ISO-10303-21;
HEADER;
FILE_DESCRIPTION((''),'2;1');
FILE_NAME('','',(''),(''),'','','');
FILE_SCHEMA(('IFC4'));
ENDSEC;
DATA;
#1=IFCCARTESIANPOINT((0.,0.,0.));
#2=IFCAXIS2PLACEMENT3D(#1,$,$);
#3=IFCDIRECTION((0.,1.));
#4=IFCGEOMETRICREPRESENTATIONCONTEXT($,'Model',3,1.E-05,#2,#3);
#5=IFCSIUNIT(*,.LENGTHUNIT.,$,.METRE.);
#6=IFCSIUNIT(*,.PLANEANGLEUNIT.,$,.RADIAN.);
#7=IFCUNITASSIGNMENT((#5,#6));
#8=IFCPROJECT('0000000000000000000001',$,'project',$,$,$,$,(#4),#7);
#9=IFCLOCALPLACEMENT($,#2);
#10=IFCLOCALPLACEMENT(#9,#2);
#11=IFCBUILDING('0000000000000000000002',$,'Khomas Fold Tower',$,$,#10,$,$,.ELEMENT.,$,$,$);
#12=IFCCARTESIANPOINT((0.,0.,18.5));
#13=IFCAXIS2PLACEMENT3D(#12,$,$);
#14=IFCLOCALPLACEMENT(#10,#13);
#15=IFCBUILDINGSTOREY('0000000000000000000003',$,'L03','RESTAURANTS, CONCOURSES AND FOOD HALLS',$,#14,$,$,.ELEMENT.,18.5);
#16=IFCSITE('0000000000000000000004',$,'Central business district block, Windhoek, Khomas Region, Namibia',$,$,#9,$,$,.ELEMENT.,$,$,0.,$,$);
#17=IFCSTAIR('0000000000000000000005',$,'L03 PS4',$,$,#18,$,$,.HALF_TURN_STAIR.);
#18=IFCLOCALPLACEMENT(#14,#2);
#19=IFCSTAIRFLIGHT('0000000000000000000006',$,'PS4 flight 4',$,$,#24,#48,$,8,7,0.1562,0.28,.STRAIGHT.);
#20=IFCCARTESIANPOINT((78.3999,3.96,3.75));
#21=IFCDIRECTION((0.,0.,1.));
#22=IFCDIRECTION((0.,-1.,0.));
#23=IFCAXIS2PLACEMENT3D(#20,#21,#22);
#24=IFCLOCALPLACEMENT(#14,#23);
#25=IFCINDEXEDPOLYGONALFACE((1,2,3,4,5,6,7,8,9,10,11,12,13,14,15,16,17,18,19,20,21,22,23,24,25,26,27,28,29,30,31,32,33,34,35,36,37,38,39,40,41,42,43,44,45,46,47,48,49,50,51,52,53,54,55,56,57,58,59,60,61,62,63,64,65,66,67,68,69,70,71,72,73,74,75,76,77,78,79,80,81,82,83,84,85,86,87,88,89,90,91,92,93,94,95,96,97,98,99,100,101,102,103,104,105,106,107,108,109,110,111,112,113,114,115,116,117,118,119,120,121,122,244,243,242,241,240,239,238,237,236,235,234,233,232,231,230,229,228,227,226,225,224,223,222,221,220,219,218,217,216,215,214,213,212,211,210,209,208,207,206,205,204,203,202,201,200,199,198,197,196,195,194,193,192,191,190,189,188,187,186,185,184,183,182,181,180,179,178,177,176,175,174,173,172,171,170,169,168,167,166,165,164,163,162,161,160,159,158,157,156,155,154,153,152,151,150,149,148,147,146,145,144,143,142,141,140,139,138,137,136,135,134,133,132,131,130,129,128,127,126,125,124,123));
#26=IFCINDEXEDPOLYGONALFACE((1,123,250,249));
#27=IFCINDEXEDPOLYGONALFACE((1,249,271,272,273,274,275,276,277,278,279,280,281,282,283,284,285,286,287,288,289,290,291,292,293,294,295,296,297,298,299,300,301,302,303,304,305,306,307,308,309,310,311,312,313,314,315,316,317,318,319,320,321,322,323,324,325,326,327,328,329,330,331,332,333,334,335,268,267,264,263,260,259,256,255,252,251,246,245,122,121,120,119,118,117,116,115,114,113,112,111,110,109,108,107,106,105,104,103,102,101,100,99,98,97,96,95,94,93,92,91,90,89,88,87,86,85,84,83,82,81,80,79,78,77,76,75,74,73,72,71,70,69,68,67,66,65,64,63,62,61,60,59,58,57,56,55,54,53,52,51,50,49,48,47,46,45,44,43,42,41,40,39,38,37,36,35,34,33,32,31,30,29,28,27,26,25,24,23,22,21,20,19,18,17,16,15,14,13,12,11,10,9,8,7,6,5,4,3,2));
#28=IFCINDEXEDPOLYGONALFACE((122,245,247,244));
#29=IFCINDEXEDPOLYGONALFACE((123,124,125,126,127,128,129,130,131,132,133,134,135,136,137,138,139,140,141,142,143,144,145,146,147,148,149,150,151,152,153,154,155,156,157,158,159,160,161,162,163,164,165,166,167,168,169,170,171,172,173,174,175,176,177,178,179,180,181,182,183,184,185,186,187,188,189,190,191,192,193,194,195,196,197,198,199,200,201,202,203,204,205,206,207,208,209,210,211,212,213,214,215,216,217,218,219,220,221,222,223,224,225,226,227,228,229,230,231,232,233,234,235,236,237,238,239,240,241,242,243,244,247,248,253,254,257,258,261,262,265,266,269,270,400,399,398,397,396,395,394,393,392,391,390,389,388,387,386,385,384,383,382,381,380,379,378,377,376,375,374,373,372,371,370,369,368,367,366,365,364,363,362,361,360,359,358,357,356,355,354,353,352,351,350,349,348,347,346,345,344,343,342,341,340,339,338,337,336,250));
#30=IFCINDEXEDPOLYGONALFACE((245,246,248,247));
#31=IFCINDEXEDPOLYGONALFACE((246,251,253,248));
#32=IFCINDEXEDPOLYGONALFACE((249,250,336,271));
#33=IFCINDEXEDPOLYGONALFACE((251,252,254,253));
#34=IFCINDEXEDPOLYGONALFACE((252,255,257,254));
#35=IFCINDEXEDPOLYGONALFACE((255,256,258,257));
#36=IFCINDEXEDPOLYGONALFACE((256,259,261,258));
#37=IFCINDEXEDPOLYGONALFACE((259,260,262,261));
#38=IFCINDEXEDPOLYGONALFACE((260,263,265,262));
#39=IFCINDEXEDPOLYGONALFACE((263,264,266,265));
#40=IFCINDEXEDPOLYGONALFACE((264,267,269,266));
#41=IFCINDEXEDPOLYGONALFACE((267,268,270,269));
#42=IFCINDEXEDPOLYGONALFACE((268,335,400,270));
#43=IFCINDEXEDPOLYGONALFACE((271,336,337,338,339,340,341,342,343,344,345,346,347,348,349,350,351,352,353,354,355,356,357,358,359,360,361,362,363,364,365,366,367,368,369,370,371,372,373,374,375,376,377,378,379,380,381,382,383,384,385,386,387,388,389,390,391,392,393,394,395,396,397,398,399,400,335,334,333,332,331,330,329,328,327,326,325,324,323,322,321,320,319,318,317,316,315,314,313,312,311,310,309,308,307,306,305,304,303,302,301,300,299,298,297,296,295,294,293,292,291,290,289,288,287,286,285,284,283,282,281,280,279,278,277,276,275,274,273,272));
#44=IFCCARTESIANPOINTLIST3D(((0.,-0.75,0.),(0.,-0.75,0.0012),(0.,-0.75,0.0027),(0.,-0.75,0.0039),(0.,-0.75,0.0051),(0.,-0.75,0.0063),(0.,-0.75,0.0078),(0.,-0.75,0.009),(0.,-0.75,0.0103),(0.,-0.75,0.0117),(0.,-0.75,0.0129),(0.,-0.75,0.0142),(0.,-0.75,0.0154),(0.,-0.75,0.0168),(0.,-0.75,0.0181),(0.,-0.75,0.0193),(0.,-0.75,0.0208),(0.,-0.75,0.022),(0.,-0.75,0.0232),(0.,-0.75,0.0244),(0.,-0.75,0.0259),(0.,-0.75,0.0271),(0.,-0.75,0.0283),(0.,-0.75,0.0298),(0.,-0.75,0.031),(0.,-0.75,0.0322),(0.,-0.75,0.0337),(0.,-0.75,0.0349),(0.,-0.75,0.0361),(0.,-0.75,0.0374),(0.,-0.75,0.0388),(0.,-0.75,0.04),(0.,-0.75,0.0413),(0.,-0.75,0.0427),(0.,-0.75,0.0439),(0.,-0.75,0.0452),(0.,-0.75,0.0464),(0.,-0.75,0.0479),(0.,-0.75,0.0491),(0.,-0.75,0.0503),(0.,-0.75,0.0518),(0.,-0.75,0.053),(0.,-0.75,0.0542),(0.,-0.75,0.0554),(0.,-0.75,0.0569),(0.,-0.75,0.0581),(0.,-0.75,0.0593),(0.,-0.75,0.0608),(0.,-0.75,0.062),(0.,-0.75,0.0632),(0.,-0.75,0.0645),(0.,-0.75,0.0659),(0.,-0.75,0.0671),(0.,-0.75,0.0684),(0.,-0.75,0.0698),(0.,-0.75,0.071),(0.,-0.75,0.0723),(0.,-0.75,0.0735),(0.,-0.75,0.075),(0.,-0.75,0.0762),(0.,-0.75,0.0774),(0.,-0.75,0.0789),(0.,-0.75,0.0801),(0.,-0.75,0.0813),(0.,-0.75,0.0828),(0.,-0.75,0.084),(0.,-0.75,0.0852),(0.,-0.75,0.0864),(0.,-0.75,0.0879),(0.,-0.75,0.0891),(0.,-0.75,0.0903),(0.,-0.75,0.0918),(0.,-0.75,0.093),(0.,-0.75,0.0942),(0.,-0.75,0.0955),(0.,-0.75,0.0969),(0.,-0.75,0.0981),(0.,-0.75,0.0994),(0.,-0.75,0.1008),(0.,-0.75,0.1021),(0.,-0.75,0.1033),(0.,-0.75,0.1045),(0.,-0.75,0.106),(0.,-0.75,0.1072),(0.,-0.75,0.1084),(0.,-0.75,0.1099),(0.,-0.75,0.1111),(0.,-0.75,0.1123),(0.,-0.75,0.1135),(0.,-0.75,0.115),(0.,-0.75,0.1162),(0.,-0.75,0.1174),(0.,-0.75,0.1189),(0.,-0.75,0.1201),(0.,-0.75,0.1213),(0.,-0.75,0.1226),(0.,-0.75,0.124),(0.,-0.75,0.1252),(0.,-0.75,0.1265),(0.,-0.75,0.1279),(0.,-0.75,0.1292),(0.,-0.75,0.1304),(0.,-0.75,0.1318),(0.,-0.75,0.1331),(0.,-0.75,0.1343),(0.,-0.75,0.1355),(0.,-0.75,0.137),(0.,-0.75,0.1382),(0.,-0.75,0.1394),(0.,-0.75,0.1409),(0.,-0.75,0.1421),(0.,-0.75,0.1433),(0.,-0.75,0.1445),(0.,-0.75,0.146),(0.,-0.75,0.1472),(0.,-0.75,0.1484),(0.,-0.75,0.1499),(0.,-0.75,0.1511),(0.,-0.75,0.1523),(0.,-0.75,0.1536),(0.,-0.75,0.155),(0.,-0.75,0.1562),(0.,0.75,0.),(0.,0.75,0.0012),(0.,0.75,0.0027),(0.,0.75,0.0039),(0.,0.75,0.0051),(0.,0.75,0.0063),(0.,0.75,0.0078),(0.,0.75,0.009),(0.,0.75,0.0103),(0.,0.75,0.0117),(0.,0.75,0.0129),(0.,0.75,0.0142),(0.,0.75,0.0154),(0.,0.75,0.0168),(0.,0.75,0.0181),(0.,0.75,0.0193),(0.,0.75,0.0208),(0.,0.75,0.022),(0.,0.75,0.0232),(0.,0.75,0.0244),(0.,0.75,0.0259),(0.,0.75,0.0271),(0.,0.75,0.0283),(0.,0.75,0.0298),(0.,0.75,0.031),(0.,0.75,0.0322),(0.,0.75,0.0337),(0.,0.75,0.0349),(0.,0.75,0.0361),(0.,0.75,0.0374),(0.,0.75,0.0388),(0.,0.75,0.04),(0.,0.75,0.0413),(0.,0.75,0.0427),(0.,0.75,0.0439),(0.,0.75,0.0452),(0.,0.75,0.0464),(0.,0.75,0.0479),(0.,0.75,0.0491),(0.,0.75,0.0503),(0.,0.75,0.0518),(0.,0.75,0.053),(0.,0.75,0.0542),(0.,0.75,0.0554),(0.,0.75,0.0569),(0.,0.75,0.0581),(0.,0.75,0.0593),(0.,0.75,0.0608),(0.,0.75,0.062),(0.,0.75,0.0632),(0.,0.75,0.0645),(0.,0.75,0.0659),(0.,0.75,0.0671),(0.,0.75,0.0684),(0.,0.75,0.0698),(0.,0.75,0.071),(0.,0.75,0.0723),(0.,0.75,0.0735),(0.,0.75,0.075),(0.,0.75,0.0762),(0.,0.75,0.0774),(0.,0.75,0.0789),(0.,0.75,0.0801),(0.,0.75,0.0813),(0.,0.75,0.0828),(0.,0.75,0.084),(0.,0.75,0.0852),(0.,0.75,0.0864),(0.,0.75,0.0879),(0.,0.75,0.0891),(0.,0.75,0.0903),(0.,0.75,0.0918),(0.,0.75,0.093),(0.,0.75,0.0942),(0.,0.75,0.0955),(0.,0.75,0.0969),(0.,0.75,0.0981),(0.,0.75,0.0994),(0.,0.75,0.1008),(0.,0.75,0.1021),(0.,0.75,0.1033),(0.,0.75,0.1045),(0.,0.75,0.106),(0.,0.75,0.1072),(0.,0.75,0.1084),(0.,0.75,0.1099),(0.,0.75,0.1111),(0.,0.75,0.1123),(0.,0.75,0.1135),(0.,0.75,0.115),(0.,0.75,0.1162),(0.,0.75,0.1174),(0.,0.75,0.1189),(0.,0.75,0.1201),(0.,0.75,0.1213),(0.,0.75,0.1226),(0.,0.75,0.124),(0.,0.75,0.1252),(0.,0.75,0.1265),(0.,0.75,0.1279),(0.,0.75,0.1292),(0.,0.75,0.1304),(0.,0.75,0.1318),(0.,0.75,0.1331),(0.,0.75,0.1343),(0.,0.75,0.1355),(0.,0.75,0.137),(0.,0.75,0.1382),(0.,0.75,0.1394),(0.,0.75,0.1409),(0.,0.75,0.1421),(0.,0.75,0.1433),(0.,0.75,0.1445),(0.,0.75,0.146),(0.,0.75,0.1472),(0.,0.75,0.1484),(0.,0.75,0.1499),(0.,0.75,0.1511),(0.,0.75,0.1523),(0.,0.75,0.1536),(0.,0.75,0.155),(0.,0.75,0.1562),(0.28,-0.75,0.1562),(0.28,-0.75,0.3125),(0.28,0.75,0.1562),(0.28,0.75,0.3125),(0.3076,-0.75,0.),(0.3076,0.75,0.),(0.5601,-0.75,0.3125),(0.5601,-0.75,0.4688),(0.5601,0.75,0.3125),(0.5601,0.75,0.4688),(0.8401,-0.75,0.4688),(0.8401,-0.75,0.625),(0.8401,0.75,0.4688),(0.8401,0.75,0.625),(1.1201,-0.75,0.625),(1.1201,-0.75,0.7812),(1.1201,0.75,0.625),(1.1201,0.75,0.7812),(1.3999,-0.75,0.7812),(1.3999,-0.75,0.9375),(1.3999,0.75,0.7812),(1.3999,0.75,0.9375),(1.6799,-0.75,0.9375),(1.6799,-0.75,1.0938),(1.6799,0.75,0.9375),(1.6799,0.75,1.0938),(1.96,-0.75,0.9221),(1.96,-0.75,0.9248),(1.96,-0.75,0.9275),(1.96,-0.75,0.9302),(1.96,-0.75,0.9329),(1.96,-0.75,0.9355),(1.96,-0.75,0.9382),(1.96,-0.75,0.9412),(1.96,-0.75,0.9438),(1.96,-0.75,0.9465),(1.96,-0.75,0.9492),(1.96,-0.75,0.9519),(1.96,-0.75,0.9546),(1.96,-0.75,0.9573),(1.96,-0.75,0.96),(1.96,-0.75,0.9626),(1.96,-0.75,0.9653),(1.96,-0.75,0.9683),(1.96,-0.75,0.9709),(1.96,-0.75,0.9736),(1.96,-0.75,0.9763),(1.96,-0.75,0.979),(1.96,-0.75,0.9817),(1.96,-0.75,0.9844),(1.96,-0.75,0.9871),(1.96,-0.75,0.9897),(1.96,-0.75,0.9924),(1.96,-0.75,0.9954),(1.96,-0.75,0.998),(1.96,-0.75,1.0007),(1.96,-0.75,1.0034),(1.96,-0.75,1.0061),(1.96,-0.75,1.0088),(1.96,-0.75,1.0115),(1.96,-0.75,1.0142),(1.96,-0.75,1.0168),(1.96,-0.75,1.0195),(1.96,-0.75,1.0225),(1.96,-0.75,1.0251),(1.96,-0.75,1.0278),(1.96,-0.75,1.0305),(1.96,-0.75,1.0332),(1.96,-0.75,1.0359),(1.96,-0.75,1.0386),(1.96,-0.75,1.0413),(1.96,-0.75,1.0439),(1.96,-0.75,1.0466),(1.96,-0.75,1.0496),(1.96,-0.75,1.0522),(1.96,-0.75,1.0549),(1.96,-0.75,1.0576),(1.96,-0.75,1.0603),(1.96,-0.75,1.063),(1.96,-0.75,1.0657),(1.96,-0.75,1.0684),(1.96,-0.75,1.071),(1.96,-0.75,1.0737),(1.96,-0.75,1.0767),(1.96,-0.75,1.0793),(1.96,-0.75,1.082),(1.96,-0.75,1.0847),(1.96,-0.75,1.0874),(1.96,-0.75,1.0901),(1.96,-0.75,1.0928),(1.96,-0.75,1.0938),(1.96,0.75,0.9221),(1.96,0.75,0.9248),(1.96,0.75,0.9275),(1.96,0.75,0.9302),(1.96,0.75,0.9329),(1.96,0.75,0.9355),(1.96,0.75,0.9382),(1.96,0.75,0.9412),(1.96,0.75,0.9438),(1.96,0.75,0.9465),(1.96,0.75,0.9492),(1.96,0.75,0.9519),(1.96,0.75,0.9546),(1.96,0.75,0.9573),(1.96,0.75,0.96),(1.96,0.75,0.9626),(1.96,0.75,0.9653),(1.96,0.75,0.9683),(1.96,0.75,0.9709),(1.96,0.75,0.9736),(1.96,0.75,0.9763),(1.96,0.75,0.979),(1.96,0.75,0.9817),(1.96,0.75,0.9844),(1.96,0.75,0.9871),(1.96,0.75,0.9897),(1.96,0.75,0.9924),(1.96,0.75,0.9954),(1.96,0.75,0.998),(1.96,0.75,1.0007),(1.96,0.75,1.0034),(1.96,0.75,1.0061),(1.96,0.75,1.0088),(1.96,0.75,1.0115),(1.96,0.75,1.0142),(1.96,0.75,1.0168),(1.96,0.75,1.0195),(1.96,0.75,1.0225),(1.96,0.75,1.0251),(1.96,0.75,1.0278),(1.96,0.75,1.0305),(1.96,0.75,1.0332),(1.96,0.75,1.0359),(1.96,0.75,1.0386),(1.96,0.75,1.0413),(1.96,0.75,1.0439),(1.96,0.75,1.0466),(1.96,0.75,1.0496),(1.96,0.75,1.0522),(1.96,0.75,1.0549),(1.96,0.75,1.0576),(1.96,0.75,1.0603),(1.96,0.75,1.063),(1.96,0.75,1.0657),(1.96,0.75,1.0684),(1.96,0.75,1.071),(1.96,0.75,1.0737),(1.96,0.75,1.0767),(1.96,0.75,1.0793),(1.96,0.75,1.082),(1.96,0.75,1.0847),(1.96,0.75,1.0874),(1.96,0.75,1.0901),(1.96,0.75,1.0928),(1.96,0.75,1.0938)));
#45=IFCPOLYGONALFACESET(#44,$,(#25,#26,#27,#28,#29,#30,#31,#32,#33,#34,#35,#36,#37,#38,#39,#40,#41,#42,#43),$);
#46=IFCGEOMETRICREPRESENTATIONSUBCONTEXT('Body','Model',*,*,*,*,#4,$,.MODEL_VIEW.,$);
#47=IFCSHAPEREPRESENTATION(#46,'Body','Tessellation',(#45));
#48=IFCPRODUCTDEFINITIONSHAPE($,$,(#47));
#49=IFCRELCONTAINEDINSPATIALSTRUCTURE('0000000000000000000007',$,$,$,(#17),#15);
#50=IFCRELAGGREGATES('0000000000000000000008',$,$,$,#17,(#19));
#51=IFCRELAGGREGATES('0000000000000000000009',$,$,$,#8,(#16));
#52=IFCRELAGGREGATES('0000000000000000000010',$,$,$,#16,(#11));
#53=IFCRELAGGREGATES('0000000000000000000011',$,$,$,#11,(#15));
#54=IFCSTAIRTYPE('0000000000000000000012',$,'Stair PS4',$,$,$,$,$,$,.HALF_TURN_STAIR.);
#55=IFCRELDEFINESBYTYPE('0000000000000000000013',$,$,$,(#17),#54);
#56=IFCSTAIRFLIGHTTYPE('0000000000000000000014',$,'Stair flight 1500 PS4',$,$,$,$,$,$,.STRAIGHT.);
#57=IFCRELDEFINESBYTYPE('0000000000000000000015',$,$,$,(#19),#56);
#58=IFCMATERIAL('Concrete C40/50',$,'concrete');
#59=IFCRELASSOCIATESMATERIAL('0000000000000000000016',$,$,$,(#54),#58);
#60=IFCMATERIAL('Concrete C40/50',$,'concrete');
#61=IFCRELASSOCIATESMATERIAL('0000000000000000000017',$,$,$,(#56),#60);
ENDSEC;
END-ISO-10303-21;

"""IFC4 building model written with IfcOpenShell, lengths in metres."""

from ifc_helpers import new_model, si_unit, direction, frame, origin, place, context, subcontext, project, spatial, polyline, outline, extrude, source, transform, mapped, material, type_object, element, aggregate, save


model = new_model("IFC4")

# Units and contexts
model_context = context("Model", 3, precision=1e-05, world=origin(), true_north=direction((0.0, 1.0)))
body_context = subcontext(model_context, "Body", "Model", "MODEL_VIEW")
ifc_project = project(units=[si_unit("LENGTHUNIT", "METRE"), si_unit("PLANEANGLEUNIT", "RADIAN")], contexts=[model_context])

# Site, building, storey
site_placement = place(None, origin())
site = spatial("IfcSite", under=ifc_project, at=site_placement, Name="Central business district block, Windhoek, Khomas Region, Namibia", CompositionType="ELEMENT", RefElevation=0.0)
building_placement = place(site_placement, origin())
building = spatial("IfcBuilding", under=site, at=building_placement, Name="Khomas Fold Tower", CompositionType="ELEMENT")
storey_placement = place(building_placement, frame((0.0, 0.0, 18.5)))
storey = spatial("IfcBuildingStorey", under=building, at=storey_placement, Name="L03", Description="RESTAURANTS, CONCOURSES AND FOOD HALLS", CompositionType="ELEMENT", Elevation=18.5)

# Stair, stair flight
ifc_material_1 = material(Name="Concrete C40/50", Category="concrete")
stair_type = type_object("IfcStairType", Name="Stair PS4", PredefinedType="HALF_TURN_STAIR", material=ifc_material_1)
stair_placement = place(storey_placement, origin())
stair = element("IfcStair", 1, at=stair_placement, inside=storey, type_object=stair_type, Name="L03 PS4", PredefinedType="HALF_TURN_STAIR")
ifc_material_2 = material(Name="Concrete C40/50", Category="concrete")
stair_flight_type = type_object("IfcStairFlightType", Name="Stair flight 1500 PS4", PredefinedType="STRAIGHT", material=ifc_material_2)
shared_shape_1 = source(origin(), body_context, "Body", "SweptSolid", [
    extrude(outline(polyline([(0.0, 0.0), (0.0, 0.0012), (0.0, 0.0027), (0.0, 0.0039), (0.0, 0.0051), (0.0, 0.0063), (0.0, 0.0078), (0.0, 0.009), (0.0, 0.0103), (0.0, 0.0117), (0.0, 0.0129), (0.0, 0.0142), (0.0, 0.0154), (0.0, 0.0168), (0.0, 0.0181), (0.0, 0.0193), (0.0, 0.0208), (0.0, 0.022), (0.0, 0.0232), (0.0, 0.0244), (0.0, 0.0259), (0.0, 0.0271), (0.0, 0.0283), (0.0, 0.0298), (0.0, 0.031), (0.0, 0.0322), (0.0, 0.0337), (0.0, 0.0349), (0.0, 0.0361), (0.0, 0.0374), (0.0, 0.0388), (0.0, 0.04), (0.0, 0.0413), (0.0, 0.0427), (0.0, 0.0439), (0.0, 0.0452), (0.0, 0.0464), (0.0, 0.0479), (0.0, 0.0491), (0.0, 0.0503), (0.0, 0.0518), (0.0, 0.053), (0.0, 0.0542), (0.0, 0.0554), (0.0, 0.0569), (0.0, 0.0581), (0.0, 0.0593), (0.0, 0.0608), (0.0, 0.062), (0.0, 0.0632), (0.0, 0.0645), (0.0, 0.0659), (0.0, 0.0671), (0.0, 0.0684), (0.0, 0.0698), (0.0, 0.071), (0.0, 0.0723), (0.0, 0.0735), (0.0, 0.075), (0.0, 0.0762), (0.0, 0.0774), (0.0, 0.0789), (0.0, 0.0801), (0.0, 0.0813), (0.0, 0.0828), (0.0, 0.084), (0.0, 0.0852), (0.0, 0.0864), (0.0, 0.0879), (0.0, 0.0891), (0.0, 0.0903), (0.0, 0.0918), (0.0, 0.093), (0.0, 0.0942), (0.0, 0.0955), (0.0, 0.0969), (0.0, 0.0981), (0.0, 0.0994), (0.0, 0.1008), (0.0, 0.1021), (0.0, 0.1033), (0.0, 0.1045), (0.0, 0.106), (0.0, 0.1072), (0.0, 0.1084), (0.0, 0.1099), (0.0, 0.1111), (0.0, 0.1123), (0.0, 0.1135), (0.0, 0.115), (0.0, 0.1162), (0.0, 0.1174), (0.0, 0.1189), (0.0, 0.1201), (0.0, 0.1213), (0.0, 0.1226), (0.0, 0.124), (0.0, 0.1252), (0.0, 0.1265), (0.0, 0.1279), (0.0, 0.1292), (0.0, 0.1304), (0.0, 0.1318), (0.0, 0.1331), (0.0, 0.1343), (0.0, 0.1355), (0.0, 0.137), (0.0, 0.1382), (0.0, 0.1394), (0.0, 0.1409), (0.0, 0.1421), (0.0, 0.1433), (0.0, 0.1445), (0.0, 0.146), (0.0, 0.1472), (0.0, 0.1484), (0.0, 0.1499), (0.0, 0.1511), (0.0, 0.1523), (0.0, 0.1536), (0.0, 0.155), (0.0, 0.1562), (0.28, 0.1562), (0.28, 0.3125), (0.5601, 0.3125), (0.5601, 0.4688), (0.8401, 0.4688), (0.8401, 0.625), (1.1201, 0.625), (1.1201, 0.7812), (1.3999, 0.7812), (1.3999, 0.9375), (1.6799, 0.9375), (1.6799, 1.0938), (1.96, 1.0938), (1.96, 1.25), (1.96, 1.2473), (1.96, 1.2446), (1.96, 1.2419), (1.96, 1.2393), (1.96, 1.2363), (1.96, 1.2336), (1.96, 1.231), (1.96, 1.2283), (1.96, 1.2256), (1.96, 1.2229), (1.96, 1.2202), (1.96, 1.2175), (1.96, 1.2148), (1.96, 1.2122), (1.96, 1.2092), (1.96, 1.2065), (1.96, 1.2039), (1.96, 1.2012), (1.96, 1.1985), (1.96, 1.1958), (1.96, 1.1931), (1.96, 1.1904), (1.96, 1.1877), (1.96, 1.1851), (1.96, 1.1821), (1.96, 1.1794), (1.96, 1.1768), (1.96, 1.1741), (1.96, 1.1714), (1.96, 1.1687), (1.96, 1.166), (1.96, 1.1633), (1.96, 1.1606), (1.96, 1.158), (1.96, 1.155), (1.96, 1.1523), (1.96, 1.1497), (1.96, 1.147), (1.96, 1.1443), (1.96, 1.1416), (1.96, 1.1389), (1.96, 1.1362), (1.96, 1.1335), (1.96, 1.1309), (1.96, 1.1279), (1.96, 1.1252), (1.96, 1.1226), (1.96, 1.1199), (1.96, 1.1172), (1.96, 1.1145), (1.96, 1.1118), (1.96, 1.1091), (1.96, 1.1064), (1.96, 1.1038), (1.96, 1.1008), (1.96, 1.0981), (1.96, 1.0955), (1.96, 1.0928), (1.96, 1.0901), (1.96, 1.0874), (1.96, 1.0847), (1.96, 1.082), (1.96, 1.0793), (1.96, 1.0767), (1.96, 1.0737), (1.96, 1.071), (1.96, 1.0684), (1.96, 1.0657), (1.96, 1.063), (1.96, 1.0603), (1.96, 1.0576), (1.96, 1.0549), (1.96, 1.0522), (1.96, 1.0496), (1.96, 1.0466), (1.96, 1.0439), (1.96, 1.0413), (1.96, 1.0386), (1.96, 1.0359), (1.96, 1.0332), (1.96, 1.0305), (1.96, 1.0278), (1.96, 1.0251), (1.96, 1.0225), (1.96, 1.0195), (1.96, 1.0168), (1.96, 1.0142), (1.96, 1.0115), (1.96, 1.0088), (1.96, 1.0061), (1.96, 1.0034), (1.96, 1.0007), (1.96, 0.998), (1.96, 0.9954), (1.96, 0.9924), (1.96, 0.9897), (1.96, 0.9871), (1.96, 0.9844), (1.96, 0.9817), (1.96, 0.979), (1.96, 0.9763), (1.96, 0.9736), (1.96, 0.9709), (1.96, 0.9683), (1.96, 0.9653), (1.96, 0.9626), (1.96, 0.96), (1.96, 0.9573), (1.96, 0.9546), (1.96, 0.9519), (1.96, 0.9492), (1.96, 0.9465), (1.96, 0.9438), (1.96, 0.9412), (1.96, 0.9382), (1.96, 0.9355), (1.96, 0.9329), (1.96, 0.9302), (1.96, 0.9275), (1.96, 0.9248), (1.96, 0.9221), (0.3076, 0.0), (0.0, 0.0)])), frame((0.0, 0.75, 0.0), z_axis=(0.0, -1.0, 0.0), x_axis=(1.0, 0.0, 0.0)), (0.0, 0.0, 1.0), 1.5),
])
stair_flight_1_placement = place(storey_placement, frame((78.3999, 3.96, 3.75), z_axis=(0.0, 0.0, 1.0), x_axis=(0.0, -1.0, 0.0)))
stair_flight_1 = element("IfcStairFlight", 2, at=stair_flight_1_placement, type_object=stair_flight_type, Name="PS4 flight 4", NumberOfRisers=8, NumberOfTreads=7, PredefinedType="STRAIGHT", RiserHeight=0.1562, TreadLength=0.28, context=body_context, shape_type="MappedRepresentation", body=[
    mapped(shared_shape_1, transform((0.0, 0.0, 0.0))),
])
aggregate(stair, [stair_flight_1])

save(model, "model.ifc")
